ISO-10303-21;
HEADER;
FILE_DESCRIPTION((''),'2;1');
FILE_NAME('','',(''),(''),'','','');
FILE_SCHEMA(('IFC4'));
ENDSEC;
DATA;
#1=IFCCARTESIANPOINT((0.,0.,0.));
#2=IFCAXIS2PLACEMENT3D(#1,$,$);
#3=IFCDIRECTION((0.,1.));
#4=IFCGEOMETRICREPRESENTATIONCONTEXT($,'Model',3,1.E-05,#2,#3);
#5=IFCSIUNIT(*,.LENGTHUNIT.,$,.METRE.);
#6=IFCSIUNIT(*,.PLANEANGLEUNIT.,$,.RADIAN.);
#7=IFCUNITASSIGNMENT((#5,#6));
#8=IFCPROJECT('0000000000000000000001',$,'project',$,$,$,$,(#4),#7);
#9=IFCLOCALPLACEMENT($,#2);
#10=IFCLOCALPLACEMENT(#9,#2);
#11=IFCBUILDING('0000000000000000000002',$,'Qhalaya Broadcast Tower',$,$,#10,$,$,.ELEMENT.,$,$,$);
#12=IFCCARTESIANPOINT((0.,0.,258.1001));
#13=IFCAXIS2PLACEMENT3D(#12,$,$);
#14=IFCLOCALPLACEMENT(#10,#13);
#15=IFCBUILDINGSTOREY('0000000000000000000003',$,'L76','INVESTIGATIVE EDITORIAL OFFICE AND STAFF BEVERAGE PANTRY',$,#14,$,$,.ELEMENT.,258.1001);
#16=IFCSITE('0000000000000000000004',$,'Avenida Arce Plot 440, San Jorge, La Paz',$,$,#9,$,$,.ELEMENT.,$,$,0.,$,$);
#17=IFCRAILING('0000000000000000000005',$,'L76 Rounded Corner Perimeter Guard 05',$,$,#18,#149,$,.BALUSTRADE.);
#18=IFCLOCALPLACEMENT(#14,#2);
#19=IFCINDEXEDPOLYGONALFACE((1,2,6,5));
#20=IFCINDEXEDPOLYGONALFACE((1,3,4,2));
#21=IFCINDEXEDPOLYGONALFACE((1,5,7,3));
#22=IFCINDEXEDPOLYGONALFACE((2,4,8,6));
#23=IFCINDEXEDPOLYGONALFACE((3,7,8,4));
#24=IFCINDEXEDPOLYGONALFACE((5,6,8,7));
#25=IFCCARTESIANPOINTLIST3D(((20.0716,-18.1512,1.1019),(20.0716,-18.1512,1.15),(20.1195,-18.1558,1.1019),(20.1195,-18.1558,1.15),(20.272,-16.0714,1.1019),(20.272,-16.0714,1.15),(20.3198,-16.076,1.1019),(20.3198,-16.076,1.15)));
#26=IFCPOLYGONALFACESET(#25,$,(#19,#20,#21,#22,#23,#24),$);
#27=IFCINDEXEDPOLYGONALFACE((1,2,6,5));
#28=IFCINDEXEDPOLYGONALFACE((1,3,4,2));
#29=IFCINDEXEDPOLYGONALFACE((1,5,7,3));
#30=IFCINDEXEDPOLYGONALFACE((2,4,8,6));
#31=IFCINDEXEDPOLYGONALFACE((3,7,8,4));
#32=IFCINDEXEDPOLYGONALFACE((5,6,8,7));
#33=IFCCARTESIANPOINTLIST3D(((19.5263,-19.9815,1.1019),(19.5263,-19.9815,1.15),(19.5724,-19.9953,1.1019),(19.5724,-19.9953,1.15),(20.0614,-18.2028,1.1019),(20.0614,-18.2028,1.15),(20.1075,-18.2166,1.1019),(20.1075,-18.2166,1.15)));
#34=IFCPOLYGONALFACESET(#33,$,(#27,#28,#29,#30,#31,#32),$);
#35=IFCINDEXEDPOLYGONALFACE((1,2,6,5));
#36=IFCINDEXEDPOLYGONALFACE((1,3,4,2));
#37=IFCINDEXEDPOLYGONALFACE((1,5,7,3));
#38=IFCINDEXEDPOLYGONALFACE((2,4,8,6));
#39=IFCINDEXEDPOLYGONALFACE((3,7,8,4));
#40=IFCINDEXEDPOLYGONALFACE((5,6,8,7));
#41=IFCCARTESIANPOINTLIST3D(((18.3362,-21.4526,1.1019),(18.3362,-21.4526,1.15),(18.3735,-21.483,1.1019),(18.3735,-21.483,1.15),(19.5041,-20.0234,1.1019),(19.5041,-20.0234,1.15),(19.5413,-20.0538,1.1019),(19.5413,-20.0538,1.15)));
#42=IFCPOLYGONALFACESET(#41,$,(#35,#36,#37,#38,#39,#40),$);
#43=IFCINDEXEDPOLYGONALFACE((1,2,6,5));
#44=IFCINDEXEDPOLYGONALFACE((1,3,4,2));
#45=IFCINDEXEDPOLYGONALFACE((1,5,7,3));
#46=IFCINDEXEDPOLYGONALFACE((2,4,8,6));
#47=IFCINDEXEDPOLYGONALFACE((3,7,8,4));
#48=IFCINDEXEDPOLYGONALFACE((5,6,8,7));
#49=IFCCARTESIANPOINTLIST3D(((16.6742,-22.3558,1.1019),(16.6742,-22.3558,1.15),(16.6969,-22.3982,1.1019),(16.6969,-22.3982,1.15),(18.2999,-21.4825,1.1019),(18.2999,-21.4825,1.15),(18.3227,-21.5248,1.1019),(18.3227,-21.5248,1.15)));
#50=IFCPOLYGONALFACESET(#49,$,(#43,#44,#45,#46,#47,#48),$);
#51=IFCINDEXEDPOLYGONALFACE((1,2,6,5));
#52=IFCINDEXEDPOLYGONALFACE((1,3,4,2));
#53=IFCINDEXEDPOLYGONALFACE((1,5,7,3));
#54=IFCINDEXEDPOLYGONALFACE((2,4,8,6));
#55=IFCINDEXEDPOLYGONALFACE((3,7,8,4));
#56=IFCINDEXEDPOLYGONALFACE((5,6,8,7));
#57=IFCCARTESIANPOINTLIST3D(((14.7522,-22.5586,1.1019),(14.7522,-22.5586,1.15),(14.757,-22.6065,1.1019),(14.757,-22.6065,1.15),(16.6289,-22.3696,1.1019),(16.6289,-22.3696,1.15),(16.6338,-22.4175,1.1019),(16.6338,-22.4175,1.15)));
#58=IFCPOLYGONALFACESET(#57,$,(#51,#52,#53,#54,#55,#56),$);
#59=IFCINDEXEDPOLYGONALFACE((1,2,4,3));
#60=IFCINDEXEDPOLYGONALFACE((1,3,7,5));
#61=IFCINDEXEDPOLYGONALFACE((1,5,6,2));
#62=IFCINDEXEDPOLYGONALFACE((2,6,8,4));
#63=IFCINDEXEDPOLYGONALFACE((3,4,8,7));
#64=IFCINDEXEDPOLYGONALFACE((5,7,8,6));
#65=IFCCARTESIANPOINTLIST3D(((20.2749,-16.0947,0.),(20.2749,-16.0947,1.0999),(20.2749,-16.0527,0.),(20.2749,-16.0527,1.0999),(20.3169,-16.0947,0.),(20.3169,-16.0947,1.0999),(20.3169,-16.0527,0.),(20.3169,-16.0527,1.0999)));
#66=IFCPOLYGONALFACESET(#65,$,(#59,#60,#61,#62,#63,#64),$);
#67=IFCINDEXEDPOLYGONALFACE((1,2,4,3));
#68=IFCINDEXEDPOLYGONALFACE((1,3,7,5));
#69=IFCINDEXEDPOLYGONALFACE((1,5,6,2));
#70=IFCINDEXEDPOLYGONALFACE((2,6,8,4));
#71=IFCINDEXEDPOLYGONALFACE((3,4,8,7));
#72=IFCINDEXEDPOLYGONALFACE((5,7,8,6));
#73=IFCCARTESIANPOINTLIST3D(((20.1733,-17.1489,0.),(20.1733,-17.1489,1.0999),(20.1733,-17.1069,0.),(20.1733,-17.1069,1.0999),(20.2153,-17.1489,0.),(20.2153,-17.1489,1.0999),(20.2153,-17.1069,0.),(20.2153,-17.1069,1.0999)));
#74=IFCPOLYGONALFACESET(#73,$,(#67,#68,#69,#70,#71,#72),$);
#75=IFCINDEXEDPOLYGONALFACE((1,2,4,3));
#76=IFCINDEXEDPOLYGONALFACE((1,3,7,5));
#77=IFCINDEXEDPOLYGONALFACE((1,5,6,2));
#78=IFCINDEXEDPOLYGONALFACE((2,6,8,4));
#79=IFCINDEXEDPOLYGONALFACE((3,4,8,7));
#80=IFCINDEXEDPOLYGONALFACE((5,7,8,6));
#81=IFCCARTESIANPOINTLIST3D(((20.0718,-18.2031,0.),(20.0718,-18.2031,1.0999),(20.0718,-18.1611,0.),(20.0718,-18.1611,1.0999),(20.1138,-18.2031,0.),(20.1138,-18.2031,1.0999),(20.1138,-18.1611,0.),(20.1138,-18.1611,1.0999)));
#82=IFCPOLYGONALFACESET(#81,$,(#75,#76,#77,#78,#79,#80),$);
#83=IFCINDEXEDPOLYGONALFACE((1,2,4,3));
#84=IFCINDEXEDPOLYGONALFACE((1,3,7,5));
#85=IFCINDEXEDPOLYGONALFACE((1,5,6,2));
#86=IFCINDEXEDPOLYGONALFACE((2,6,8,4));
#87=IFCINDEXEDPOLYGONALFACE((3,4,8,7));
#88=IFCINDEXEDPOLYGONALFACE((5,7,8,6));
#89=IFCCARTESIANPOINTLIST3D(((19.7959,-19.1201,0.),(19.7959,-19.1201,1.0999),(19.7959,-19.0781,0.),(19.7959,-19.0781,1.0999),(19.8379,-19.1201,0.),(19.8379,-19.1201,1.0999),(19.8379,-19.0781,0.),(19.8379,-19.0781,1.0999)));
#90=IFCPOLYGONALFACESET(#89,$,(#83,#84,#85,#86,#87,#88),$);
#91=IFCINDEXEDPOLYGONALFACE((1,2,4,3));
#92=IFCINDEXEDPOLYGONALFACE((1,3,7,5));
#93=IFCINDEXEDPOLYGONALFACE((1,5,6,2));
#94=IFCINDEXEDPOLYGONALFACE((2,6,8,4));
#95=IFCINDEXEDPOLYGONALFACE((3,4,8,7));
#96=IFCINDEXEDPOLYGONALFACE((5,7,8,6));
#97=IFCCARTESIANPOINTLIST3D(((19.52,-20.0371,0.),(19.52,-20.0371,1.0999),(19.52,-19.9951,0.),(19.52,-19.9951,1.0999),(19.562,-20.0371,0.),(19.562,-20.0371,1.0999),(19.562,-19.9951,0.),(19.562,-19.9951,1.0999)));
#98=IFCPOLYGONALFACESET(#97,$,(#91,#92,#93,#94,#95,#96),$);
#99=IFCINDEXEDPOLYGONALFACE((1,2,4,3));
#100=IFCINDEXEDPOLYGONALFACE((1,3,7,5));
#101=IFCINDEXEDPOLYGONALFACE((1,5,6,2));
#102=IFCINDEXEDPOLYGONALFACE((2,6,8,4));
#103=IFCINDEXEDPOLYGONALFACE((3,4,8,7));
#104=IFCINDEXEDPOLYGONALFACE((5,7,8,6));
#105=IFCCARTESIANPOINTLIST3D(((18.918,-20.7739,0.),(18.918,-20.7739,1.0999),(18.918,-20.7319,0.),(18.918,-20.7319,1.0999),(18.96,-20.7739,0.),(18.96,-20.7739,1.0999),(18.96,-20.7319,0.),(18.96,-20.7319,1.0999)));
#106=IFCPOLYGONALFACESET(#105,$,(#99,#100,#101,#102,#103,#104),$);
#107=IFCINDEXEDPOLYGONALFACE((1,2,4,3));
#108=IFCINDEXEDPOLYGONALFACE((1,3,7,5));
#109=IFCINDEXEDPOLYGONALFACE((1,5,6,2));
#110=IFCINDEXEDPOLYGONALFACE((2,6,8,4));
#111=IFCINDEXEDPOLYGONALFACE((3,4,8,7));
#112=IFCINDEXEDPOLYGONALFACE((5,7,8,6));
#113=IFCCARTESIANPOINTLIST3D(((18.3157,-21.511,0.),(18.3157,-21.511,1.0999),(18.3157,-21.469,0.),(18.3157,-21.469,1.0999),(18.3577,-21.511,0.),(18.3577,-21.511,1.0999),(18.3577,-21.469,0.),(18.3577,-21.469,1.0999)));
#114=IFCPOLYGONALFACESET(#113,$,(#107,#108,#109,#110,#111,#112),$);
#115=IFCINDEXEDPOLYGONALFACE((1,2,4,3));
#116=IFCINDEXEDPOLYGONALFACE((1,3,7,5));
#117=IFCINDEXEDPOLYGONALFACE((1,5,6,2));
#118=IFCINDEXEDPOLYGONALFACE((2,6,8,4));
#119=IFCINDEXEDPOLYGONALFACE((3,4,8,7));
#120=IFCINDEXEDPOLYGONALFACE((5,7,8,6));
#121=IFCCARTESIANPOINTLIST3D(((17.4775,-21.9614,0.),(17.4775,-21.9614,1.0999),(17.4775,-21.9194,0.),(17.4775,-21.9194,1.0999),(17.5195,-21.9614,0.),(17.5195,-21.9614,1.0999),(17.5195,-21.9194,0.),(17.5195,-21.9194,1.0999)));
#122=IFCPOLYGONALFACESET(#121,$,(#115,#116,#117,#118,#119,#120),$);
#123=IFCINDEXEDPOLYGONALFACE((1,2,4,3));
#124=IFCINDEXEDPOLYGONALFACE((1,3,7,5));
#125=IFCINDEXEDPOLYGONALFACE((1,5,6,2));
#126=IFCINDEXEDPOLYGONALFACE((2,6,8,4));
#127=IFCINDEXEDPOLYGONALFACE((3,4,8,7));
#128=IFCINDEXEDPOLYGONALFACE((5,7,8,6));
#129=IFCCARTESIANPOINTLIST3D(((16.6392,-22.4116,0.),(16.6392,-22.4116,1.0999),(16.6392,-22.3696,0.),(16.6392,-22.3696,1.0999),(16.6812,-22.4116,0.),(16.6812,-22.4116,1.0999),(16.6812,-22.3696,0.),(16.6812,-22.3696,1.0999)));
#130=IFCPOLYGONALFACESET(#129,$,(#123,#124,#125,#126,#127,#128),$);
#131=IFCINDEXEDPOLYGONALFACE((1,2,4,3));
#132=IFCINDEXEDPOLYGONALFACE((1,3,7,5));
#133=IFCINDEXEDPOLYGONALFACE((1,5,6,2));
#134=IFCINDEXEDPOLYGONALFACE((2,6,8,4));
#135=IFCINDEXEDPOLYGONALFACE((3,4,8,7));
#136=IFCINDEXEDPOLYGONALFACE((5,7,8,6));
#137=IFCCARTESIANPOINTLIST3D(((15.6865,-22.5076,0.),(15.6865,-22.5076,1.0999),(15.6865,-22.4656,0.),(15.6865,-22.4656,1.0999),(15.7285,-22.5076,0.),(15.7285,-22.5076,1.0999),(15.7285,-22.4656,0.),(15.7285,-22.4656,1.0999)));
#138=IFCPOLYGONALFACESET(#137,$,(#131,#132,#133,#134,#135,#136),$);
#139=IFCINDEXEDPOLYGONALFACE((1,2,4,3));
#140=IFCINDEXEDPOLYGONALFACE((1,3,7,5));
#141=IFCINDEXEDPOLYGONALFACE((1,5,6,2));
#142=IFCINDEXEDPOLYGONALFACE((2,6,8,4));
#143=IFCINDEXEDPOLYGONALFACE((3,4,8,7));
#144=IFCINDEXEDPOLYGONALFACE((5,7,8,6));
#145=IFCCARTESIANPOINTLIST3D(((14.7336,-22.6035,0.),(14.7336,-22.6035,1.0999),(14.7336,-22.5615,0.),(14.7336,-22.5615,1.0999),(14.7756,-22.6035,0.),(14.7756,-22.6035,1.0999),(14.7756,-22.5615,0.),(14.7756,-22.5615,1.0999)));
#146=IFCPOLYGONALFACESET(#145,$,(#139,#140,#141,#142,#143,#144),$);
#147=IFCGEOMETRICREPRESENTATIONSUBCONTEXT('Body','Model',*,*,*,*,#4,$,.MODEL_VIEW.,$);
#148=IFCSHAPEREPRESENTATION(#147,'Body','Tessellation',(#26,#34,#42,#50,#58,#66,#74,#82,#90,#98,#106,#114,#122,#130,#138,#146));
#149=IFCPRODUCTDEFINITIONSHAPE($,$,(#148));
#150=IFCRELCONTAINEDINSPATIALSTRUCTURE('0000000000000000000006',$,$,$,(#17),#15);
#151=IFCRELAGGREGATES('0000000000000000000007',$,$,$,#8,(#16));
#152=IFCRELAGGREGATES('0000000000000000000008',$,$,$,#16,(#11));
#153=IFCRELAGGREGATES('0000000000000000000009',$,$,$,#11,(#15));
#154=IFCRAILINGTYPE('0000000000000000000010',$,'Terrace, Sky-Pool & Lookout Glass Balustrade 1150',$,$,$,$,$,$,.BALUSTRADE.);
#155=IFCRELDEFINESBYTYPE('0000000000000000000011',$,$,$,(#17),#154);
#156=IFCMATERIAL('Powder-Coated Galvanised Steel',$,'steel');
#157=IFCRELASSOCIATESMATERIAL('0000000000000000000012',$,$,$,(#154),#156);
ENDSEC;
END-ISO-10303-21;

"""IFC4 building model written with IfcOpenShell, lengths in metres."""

from ifc_helpers import new_model, si_unit, direction, frame, origin, origin_2d, place, context, subcontext, project, spatial, rectangle, extrude, material, type_object, element, save


model = new_model("IFC4")

# Units and contexts
model_context = context("Model", 3, precision=1e-05, world=origin(), true_north=direction((0.0, 1.0)))
body_context = subcontext(model_context, "Body", "Model", "MODEL_VIEW")
ifc_project = project(units=[si_unit("LENGTHUNIT", "METRE"), si_unit("PLANEANGLEUNIT", "RADIAN")], contexts=[model_context])

# Site, building, storey
site_placement = place(None, origin())
site = spatial("IfcSite", under=ifc_project, at=site_placement, Name="Avenida Arce Plot 440, San Jorge, La Paz", CompositionType="ELEMENT", RefElevation=0.0)
building_placement = place(site_placement, origin())
building = spatial("IfcBuilding", under=site, at=building_placement, Name="Qhalaya Broadcast Tower", CompositionType="ELEMENT")
storey_placement = place(building_placement, frame((0.0, 0.0, 258.1001)))
storey = spatial("IfcBuildingStorey", under=building, at=storey_placement, Name="L76", Description="INVESTIGATIVE EDITORIAL OFFICE AND STAFF BEVERAGE PANTRY", CompositionType="ELEMENT", Elevation=258.1001)

# Railing
ifc_material_1 = material(Name="Powder-Coated Galvanised Steel", Category="steel")
railing_type = type_object("IfcRailingType", Name="Terrace, Sky-Pool & Lookout Glass Balustrade 1150", PredefinedType="BALUSTRADE", material=ifc_material_1)
railing_1_placement = place(storey_placement, frame((20.2959, -16.0737, 0.0)))
element("IfcRailing", 1, at=railing_1_placement, inside=storey, type_object=railing_type, Name="L76 Rounded Corner Perimeter Guard 05", PredefinedType="BALUSTRADE", context=body_context, shape_type="SweptSolid", body=[
    extrude(rectangle(XDim=0.0481, YDim=0.0481, at=origin_2d()), frame((0.0, 0.0, 1.126), z_axis=(-0.095897, -0.995391, 0.0), x_axis=(0.995391, -0.095897, 0.0)), (0.0, 0.0, 1.0), 2.0894),
    extrude(rectangle(XDim=0.0481, YDim=0.0481, at=origin_2d()), frame((-0.2114, -2.136, 1.126), z_axis=(-0.288096, -0.957601, 0.0), x_axis=(0.957601, -0.288096, 0.0)), (0.0, 0.0, 1.0), 1.8574),
    extrude(rectangle(XDim=0.0481, YDim=0.0481, at=origin_2d()), frame((-0.7732, -3.9648, 1.126), z_axis=(-0.632749, -0.774357, 0.0), x_axis=(0.774357, -0.632749, 0.0)), (0.0, 0.0, 1.0), 1.8457),
    extrude(rectangle(XDim=0.0481, YDim=0.0481, at=origin_2d()), frame((-1.9846, -5.4299, 1.126), z_axis=(-0.880932, -0.473243, 0.0), x_axis=(0.473243, -0.880932, 0.0)), (0.0, 0.0, 1.0), 1.8455),
    extrude(rectangle(XDim=0.0481, YDim=0.0481, at=origin_2d()), frame((-3.6646, -6.3198, 1.126), z_axis=(-0.994968, -0.100198, 0.0), x_axis=(0.100198, -0.994968, 0.0)), (0.0, 0.0, 1.0), 1.8862),
    extrude(rectangle(XDim=0.042, YDim=0.042, at=origin_2d()), origin(), (0.0, 0.0, 1.0), 1.0999),
    extrude(rectangle(XDim=0.042, YDim=0.042, at=origin_2d()), frame((-0.1016, -1.0542, 0.0)), (0.0, 0.0, 1.0), 1.0999),
    extrude(rectangle(XDim=0.042, YDim=0.042, at=origin_2d()), frame((-0.2031, -2.1084, 0.0)), (0.0, 0.0, 1.0), 1.0999),
    extrude(rectangle(XDim=0.042, YDim=0.042, at=origin_2d()), frame((-0.479, -3.0254, 0.0)), (0.0, 0.0, 1.0), 1.0999),
    extrude(rectangle(XDim=0.042, YDim=0.042, at=origin_2d()), frame((-0.7549, -3.9424, 0.0)), (0.0, 0.0, 1.0), 1.0999),
    extrude(rectangle(XDim=0.042, YDim=0.042, at=origin_2d()), frame((-1.3569, -4.6792, 0.0)), (0.0, 0.0, 1.0), 1.0999),
    extrude(rectangle(XDim=0.042, YDim=0.042, at=origin_2d()), frame((-1.9592, -5.4163, 0.0)), (0.0, 0.0, 1.0), 1.0999),
    extrude(rectangle(XDim=0.042, YDim=0.042, at=origin_2d()), frame((-2.7974, -5.8667, 0.0)), (0.0, 0.0, 1.0), 1.0999),
    extrude(rectangle(XDim=0.042, YDim=0.042, at=origin_2d()), frame((-3.6357, -6.3169, 0.0)), (0.0, 0.0, 1.0), 1.0999),
    extrude(rectangle(XDim=0.042, YDim=0.042, at=origin_2d()), frame((-4.5884, -6.4128, 0.0)), (0.0, 0.0, 1.0), 1.0999),
    extrude(rectangle(XDim=0.042, YDim=0.042, at=origin_2d()), frame((-5.5413, -6.5088, 0.0)), (0.0, 0.0, 1.0), 1.0999),
])

save(model, "model.ifc")
